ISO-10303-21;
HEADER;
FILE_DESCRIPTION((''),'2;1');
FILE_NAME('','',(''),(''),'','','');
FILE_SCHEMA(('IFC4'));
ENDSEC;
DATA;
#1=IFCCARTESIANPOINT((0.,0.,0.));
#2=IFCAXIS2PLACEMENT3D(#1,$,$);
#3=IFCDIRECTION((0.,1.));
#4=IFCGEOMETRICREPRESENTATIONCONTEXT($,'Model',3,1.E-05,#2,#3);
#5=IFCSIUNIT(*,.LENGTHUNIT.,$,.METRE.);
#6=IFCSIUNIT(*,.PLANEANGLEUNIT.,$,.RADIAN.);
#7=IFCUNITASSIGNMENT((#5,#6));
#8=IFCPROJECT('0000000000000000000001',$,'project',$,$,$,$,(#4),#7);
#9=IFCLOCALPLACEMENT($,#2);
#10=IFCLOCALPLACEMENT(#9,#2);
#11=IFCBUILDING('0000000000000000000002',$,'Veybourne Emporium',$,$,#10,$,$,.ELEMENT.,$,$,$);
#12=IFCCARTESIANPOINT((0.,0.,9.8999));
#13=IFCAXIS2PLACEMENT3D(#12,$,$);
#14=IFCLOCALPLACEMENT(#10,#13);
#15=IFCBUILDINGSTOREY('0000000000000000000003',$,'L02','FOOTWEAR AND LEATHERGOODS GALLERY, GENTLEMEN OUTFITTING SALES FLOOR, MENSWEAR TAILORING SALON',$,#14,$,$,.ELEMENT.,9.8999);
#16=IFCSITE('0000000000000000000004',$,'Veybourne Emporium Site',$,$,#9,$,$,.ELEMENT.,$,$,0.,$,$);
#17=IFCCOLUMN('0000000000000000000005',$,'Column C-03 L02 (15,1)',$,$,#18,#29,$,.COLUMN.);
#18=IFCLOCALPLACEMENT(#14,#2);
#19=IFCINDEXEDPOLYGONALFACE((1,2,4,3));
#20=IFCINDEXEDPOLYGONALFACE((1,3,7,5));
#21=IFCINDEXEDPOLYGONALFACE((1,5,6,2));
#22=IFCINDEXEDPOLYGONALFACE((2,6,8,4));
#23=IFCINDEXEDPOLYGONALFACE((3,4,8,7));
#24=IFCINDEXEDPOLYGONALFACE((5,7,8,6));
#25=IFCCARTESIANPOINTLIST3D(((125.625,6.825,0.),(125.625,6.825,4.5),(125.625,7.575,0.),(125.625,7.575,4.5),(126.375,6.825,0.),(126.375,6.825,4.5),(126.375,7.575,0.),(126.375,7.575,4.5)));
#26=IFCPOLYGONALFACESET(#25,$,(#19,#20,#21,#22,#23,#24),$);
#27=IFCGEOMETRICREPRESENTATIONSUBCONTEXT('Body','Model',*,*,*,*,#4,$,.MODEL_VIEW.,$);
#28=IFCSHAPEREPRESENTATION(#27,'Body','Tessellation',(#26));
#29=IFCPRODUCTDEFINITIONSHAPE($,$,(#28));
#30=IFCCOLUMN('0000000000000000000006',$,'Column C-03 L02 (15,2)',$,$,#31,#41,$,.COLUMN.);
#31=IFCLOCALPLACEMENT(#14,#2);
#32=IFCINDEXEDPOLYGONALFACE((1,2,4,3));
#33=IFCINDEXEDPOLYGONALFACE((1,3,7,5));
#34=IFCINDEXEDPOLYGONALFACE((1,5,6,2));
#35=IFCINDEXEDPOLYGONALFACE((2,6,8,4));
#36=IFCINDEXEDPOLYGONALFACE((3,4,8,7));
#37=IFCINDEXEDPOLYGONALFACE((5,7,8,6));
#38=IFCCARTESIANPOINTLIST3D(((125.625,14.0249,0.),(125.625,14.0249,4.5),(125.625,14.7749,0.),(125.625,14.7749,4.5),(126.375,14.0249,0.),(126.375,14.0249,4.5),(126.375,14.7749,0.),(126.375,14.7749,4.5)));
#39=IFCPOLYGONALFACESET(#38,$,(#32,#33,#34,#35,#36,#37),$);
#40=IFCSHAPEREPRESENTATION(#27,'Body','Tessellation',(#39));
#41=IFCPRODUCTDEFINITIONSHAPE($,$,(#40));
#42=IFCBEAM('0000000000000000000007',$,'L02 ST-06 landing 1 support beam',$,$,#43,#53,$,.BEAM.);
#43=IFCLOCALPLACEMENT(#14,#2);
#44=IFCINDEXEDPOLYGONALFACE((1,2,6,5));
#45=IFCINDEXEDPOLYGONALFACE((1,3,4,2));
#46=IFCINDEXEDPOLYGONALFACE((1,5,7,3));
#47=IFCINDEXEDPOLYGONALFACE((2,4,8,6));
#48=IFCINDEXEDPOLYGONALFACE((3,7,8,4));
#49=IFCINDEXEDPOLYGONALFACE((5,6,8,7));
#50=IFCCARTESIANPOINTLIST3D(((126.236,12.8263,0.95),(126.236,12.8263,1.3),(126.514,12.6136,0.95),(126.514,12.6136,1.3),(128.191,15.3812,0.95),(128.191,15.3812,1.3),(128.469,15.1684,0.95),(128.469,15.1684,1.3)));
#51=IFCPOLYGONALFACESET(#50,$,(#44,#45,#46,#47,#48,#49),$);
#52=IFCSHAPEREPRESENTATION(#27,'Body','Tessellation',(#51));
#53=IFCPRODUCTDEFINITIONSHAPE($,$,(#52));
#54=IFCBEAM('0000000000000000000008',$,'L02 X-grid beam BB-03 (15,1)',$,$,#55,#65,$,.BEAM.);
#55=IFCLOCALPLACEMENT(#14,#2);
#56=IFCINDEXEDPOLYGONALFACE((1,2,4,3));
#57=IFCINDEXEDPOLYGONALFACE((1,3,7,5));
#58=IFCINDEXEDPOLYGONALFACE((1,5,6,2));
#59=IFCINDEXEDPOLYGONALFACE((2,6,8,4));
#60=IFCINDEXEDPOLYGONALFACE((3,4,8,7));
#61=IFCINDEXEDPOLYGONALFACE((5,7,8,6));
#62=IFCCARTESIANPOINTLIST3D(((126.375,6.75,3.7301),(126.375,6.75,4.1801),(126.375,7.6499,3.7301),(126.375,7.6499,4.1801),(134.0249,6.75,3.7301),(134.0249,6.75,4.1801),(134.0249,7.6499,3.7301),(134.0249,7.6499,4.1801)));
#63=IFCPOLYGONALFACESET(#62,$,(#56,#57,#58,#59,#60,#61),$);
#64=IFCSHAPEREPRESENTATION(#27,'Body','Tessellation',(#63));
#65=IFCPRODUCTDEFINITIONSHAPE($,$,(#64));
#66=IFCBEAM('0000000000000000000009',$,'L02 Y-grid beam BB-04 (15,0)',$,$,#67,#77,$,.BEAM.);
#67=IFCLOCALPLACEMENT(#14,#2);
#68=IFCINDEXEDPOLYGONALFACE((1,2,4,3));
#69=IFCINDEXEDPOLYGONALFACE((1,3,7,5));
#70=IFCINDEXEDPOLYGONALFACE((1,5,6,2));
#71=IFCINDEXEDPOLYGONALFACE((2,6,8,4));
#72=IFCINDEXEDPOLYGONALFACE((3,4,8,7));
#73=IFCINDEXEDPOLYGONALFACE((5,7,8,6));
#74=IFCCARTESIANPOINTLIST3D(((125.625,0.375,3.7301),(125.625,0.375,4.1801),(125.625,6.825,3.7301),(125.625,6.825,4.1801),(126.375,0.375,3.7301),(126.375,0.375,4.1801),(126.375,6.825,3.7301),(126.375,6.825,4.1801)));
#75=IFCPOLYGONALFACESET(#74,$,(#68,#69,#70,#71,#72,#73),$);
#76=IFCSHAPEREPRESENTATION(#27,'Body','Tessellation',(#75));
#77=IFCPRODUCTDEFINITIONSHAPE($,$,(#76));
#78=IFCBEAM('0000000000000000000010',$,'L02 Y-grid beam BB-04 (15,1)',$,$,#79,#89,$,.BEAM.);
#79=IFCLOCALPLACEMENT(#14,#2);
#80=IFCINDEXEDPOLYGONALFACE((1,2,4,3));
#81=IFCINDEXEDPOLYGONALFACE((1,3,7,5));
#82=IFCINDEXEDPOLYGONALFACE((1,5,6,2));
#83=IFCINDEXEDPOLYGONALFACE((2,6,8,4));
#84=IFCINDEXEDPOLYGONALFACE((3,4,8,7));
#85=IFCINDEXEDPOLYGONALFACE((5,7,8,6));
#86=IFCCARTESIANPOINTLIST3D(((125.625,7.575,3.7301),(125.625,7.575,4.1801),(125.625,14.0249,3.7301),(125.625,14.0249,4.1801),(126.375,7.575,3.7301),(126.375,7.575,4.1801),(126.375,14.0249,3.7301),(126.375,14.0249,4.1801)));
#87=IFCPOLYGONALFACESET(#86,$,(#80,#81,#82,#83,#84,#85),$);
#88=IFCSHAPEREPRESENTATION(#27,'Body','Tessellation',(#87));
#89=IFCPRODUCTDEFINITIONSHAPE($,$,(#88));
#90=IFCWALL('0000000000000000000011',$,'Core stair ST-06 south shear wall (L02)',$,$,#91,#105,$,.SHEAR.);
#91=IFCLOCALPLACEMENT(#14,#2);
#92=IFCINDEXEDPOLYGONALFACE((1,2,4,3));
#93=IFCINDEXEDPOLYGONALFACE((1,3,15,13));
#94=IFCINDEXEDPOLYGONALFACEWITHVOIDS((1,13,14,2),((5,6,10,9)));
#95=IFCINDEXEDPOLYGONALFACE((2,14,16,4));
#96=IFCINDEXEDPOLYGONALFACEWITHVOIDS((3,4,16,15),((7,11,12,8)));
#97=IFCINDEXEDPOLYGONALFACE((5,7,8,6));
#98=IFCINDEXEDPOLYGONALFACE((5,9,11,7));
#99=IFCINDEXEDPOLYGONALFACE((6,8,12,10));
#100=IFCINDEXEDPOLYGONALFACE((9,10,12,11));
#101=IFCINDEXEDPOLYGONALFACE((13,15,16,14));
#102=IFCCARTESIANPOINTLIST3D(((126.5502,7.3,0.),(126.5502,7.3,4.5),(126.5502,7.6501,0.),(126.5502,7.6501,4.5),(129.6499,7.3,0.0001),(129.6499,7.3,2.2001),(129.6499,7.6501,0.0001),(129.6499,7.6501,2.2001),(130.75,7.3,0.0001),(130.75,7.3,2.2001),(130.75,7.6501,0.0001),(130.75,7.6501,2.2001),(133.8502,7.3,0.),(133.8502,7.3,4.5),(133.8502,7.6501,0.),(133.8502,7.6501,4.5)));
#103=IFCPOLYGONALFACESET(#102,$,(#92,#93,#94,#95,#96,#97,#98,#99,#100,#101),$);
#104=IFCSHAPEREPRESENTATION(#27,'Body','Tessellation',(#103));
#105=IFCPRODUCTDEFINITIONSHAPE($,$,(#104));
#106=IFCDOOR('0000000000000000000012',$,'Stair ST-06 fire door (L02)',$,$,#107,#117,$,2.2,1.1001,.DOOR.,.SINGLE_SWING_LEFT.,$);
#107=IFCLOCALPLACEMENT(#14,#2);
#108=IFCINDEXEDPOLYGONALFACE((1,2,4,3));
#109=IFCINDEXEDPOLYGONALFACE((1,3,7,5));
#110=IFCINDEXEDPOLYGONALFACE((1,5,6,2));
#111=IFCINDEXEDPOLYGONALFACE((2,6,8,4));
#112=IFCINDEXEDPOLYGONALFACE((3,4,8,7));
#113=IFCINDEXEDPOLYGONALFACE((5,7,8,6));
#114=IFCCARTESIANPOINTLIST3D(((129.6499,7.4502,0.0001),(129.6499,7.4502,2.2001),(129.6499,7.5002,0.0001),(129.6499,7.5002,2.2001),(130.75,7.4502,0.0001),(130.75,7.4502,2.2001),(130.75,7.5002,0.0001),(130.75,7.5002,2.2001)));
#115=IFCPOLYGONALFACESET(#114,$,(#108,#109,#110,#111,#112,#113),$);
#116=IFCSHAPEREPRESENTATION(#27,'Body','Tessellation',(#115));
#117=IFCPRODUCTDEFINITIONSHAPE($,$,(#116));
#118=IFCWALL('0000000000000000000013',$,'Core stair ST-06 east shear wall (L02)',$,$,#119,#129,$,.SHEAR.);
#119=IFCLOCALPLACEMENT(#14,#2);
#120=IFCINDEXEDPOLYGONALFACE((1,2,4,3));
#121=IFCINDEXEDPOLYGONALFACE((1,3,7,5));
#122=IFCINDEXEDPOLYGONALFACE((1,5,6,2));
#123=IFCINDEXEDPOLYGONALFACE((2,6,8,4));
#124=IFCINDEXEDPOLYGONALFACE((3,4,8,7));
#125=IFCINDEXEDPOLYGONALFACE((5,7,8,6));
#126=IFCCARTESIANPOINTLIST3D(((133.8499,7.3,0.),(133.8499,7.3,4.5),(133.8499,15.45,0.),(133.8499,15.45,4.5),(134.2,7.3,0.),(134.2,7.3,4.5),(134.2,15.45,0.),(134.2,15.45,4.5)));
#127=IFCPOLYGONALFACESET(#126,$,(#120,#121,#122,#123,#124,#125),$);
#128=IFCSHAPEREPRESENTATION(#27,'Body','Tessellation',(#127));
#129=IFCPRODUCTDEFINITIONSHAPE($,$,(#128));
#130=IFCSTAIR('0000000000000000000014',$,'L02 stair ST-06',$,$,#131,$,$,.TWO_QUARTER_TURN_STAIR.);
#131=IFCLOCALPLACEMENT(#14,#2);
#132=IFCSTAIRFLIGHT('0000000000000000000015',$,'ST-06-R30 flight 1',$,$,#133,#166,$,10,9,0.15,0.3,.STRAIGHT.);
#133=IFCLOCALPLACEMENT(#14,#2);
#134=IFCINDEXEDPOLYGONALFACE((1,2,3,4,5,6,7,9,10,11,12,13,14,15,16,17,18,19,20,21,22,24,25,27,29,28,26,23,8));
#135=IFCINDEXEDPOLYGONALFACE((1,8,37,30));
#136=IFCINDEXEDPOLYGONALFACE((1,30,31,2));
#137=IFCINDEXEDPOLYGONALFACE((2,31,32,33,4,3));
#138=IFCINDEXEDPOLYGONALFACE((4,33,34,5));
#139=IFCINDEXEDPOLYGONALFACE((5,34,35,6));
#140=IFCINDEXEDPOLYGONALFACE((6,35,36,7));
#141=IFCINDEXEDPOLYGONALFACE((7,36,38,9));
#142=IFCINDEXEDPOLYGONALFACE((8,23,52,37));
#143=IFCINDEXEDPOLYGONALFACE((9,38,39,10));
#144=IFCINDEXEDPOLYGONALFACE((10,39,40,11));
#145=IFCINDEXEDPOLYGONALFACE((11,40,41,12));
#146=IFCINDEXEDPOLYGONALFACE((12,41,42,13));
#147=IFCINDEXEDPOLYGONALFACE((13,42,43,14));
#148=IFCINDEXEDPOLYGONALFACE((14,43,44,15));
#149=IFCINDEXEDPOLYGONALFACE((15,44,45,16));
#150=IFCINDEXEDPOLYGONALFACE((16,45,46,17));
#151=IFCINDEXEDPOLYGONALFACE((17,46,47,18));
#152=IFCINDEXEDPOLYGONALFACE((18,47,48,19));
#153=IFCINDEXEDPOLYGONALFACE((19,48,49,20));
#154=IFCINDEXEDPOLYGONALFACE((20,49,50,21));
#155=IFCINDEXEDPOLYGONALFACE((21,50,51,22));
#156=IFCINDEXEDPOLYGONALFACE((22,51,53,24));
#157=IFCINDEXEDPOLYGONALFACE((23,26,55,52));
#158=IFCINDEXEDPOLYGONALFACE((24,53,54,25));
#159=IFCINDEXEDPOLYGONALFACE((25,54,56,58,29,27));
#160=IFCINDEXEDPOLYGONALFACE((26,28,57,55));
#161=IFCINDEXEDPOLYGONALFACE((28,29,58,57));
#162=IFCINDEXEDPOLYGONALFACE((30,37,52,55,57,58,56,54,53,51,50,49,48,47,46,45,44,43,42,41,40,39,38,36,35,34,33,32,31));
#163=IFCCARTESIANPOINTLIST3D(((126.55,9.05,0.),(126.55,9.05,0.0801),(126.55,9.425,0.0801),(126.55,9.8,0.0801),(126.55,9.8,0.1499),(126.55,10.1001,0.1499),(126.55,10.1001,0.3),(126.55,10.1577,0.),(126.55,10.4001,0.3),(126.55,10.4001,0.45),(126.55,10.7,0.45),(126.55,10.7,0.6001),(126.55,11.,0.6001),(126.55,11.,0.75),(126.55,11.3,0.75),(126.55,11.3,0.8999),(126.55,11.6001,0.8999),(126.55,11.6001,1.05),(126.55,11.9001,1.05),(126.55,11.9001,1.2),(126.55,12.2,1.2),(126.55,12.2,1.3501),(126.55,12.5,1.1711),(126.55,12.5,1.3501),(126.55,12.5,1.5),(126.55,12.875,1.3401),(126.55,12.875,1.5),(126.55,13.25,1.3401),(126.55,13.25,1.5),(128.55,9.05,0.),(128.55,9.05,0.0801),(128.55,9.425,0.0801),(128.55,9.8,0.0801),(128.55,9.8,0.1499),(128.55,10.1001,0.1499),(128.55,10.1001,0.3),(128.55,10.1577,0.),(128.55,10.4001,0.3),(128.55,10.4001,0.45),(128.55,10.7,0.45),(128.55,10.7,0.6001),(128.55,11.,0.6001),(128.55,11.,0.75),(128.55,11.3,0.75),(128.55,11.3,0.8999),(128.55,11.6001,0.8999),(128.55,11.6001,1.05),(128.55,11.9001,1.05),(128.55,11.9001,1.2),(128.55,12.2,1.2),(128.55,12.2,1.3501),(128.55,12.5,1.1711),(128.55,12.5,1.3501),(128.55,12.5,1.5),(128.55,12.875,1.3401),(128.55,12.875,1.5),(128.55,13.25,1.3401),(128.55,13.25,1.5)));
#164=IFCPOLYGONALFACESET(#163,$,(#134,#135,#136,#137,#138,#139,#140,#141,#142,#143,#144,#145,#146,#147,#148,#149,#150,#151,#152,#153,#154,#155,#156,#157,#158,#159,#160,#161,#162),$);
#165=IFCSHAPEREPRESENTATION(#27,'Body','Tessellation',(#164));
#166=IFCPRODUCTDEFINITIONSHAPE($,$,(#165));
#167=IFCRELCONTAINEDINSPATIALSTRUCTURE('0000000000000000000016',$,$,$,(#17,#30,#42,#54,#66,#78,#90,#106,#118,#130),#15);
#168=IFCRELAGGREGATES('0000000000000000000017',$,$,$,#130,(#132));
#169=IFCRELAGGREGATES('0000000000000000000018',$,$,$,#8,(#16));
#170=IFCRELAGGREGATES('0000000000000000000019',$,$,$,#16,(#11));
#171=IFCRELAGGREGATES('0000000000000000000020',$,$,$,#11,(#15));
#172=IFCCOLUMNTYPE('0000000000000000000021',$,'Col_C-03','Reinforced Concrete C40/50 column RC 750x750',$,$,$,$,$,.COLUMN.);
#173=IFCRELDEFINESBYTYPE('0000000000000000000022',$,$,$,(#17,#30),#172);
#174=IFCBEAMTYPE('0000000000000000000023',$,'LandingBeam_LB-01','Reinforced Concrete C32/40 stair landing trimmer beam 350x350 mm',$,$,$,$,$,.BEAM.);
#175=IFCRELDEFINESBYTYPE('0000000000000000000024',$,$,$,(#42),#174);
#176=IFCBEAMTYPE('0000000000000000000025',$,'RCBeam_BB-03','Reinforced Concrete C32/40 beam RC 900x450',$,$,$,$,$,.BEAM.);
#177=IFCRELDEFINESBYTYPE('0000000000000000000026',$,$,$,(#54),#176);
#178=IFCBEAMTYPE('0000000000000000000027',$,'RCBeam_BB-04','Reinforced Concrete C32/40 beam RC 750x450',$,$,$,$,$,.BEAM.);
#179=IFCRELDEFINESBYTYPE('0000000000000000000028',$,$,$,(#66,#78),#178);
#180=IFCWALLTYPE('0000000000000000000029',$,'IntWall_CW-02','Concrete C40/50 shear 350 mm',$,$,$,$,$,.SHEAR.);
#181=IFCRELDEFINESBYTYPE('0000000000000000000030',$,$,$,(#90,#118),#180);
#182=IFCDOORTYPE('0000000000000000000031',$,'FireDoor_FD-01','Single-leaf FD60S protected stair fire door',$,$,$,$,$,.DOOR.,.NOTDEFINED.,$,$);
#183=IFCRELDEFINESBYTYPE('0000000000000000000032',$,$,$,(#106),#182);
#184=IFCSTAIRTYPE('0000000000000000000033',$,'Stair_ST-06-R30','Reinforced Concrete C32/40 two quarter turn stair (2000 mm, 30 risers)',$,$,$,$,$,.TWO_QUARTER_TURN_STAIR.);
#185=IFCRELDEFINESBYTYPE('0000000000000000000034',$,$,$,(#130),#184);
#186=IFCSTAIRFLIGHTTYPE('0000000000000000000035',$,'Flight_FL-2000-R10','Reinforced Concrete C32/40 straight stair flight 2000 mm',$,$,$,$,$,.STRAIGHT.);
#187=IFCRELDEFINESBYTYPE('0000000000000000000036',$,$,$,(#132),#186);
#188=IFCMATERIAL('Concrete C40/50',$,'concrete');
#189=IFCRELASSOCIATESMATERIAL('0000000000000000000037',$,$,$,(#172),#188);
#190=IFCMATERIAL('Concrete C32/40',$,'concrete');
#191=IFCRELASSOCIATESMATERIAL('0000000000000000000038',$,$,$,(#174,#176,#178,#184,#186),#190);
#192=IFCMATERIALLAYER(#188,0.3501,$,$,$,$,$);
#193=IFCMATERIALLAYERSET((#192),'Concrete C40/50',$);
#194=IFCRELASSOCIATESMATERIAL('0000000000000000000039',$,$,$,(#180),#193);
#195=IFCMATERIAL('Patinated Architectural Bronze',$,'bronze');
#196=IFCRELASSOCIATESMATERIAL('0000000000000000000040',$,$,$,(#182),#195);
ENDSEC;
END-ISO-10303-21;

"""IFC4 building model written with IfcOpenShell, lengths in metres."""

from ifc_helpers import new_model, si_unit, direction, frame, frame_2d, origin, origin_2d, place, context, subcontext, project, spatial, polyline, rectangle, outline, extrude, material, layer, layer_set, material_profile, profile_set, type_object, element, fill, aggregate, save


model = new_model("IFC4")

# Units and contexts
model_context = context("Model", 3, precision=1e-05, world=origin(), true_north=direction((0.0, 1.0)))
body_context = subcontext(model_context, "Body", "Model", "MODEL_VIEW")
ifc_project = project(units=[si_unit("LENGTHUNIT", "METRE"), si_unit("PLANEANGLEUNIT", "RADIAN")], contexts=[model_context])

# Site, building, storey
site_placement = place(None, origin())
site = spatial("IfcSite", under=ifc_project, at=site_placement, Name="Veybourne Emporium Site", CompositionType="ELEMENT", RefElevation=0.0)
building_placement = place(site_placement, origin())
building = spatial("IfcBuilding", under=site, at=building_placement, Name="Veybourne Emporium", CompositionType="ELEMENT")
storey_placement = place(building_placement, frame((0.0, 0.0, 9.8999)))
storey = spatial("IfcBuildingStorey", under=building, at=storey_placement, Name="L02", Description="FOOTWEAR AND LEATHERGOODS GALLERY, GENTLEMEN OUTFITTING SALES FLOOR, MENSWEAR TAILORING SALON", CompositionType="ELEMENT", Elevation=9.8999)

# Columns
ifc_material_1 = material(Name="Concrete C40/50", Category="concrete")
ifc_material_profile_1 = material_profile(ifc_material_1, rectangle(XDim=0.75, YDim=0.75, at=origin_2d()), Name="RC 750x750")
ifc_profile_set_1 = profile_set([ifc_material_profile_1], Name="Concrete C40/50")
column_type = type_object("IfcColumnType", Name="Col_C-03", Description="Reinforced Concrete C40/50 column RC 750x750", PredefinedType="COLUMN", material=ifc_profile_set_1)
for number, where, z_axis, x_axis, name in (
    (1, (126.0, 7.2, 0.0), (0.0, 0.0, 1.0), (1.0, 0.0, 0.0), "Column C-03 L02 (15,1)"),
    (2, (126.0, 14.3999, 0.0), (0.0, 0.0, 1.0), (1.0, 0.0, 0.0), "Column C-03 L02 (15,2)"),
):
    element("IfcColumn", number, at=place(storey_placement, frame(where, z_axis=z_axis, x_axis=x_axis)), inside=storey, type_object=column_type, Name=name, PredefinedType="COLUMN", context=body_context, shape_type="SweptSolid", body=[
        extrude(rectangle(XDim=0.75, YDim=0.75, at=origin_2d()), origin(), (0.0, 0.0, 1.0), 4.5),
    ])

# Beams
ifc_material_2 = material(Name="Concrete C32/40", Category="concrete")
ifc_material_profile_2 = material_profile(ifc_material_2, rectangle(XDim=0.3501, YDim=0.3501, at=origin_2d()), Name="RC 350x350")
ifc_profile_set_2 = profile_set([ifc_material_profile_2], Name="Concrete C32/40")
beam_type_1 = type_object("IfcBeamType", Name="LandingBeam_LB-01", Description="Reinforced Concrete C32/40 stair landing trimmer beam 350x350 mm", PredefinedType="BEAM", material=ifc_profile_set_2)
beam_1_placement = place(storey_placement, frame((126.375, 12.72, 1.125), z_axis=(0.607706, 0.794162, 0.0), x_axis=(-0.794162, 0.607706, 0.0)))
element("IfcBeam", 3, at=beam_1_placement, inside=storey, type_object=beam_type_1, Name="L02 ST-06 landing 1 support beam", PredefinedType="BEAM", context=body_context, shape_type="SweptSolid", body=[
    extrude(rectangle(XDim=0.3501, YDim=0.3501, at=origin_2d()), origin(), (0.0, 0.0, 1.0), 3.217),
])
ifc_material_profile_3 = material_profile(ifc_material_2, rectangle(XDim=0.8999, YDim=0.45, at=origin_2d()), Name="RC 900x450")
ifc_profile_set_3 = profile_set([ifc_material_profile_3], Name="Concrete C32/40")
beam_type_2 = type_object("IfcBeamType", Name="RCBeam_BB-03", Description="Reinforced Concrete C32/40 beam RC 900x450", PredefinedType="BEAM", material=ifc_profile_set_3)
beam_2_placement = place(storey_placement, frame((126.375, 7.2, 3.9551), z_axis=(1.0, 0.0, 0.0), x_axis=(0.0, 1.0, 0.0)))
element("IfcBeam", 4, at=beam_2_placement, inside=storey, type_object=beam_type_2, Name="L02 X-grid beam BB-03 (15,1)", PredefinedType="BEAM", context=body_context, shape_type="SweptSolid", body=[
    extrude(rectangle(XDim=0.8999, YDim=0.45, at=origin_2d()), origin(), (0.0, 0.0, 1.0), 7.6499),
])
ifc_material_profile_4 = material_profile(ifc_material_2, rectangle(XDim=0.75, YDim=0.45, at=origin_2d()), Name="RC 750x450")
ifc_profile_set_4 = profile_set([ifc_material_profile_4], Name="Concrete C32/40")
beam_type_3 = type_object("IfcBeamType", Name="RCBeam_BB-04", Description="Reinforced Concrete C32/40 beam RC 750x450", PredefinedType="BEAM", material=ifc_profile_set_4)
for number, where, z_axis, x_axis, name in (
    (5, (126.0, 0.375, 3.9551), (0.0, 1.0, 0.0), (-1.0, 0.0, 0.0), "L02 Y-grid beam BB-04 (15,0)"),
    (6, (126.0, 7.575, 3.9551), (0.0, 1.0, 0.0), (-1.0, 0.0, 0.0), "L02 Y-grid beam BB-04 (15,1)"),
):
    element("IfcBeam", number, at=place(storey_placement, frame(where, z_axis=z_axis, x_axis=x_axis)), inside=storey, type_object=beam_type_3, Name=name, PredefinedType="BEAM", context=body_context, shape_type="SweptSolid", body=[
        extrude(rectangle(XDim=0.75, YDim=0.45, at=origin_2d()), origin(), (0.0, 0.0, 1.0), 6.45),
    ])

# Wall, opening, door
ifc_layer = layer(ifc_material_1, 0.3501)
ifc_layer_set = layer_set([ifc_layer], Name="Concrete C40/50")
wall_type = type_object("IfcWallType", Name="IntWall_CW-02", Description="Concrete C40/50 shear 350 mm", PredefinedType="SHEAR", material=ifc_layer_set)
wall_1_placement = place(storey_placement, frame((133.8501, 7.4751, 0.0), z_axis=(0.0, 0.0, 1.0), x_axis=(-1.0, 0.0, 0.0)))
wall_1 = element("IfcWall", 7, at=wall_1_placement, inside=storey, type_object=wall_type, Name="Core stair ST-06 south shear wall (L02)", PredefinedType="SHEAR", context=body_context, shape_type="SweptSolid", body=[
    extrude(rectangle(XDim=7.3, YDim=0.3501, at=frame_2d((3.6499, 0.0))), origin(), (0.0, 0.0, 1.0), 4.5),
])
opening_placement = place(wall_1_placement, frame((3.1001, 0.0, 0.0)))
opening = element("IfcOpeningElement", 8, at=opening_placement, cuts=wall_1, PredefinedType="OPENING", context=body_context, shape_type="SweptSolid", body=[
    extrude(rectangle(XDim=1.1001, YDim=2.2, at=frame_2d((0.55, 1.1001))), frame((0.0, 0.1951, 0.0), z_axis=(0.0, -1.0, 0.0), x_axis=(1.0, 0.0, 0.0)), (0.0, 0.0, 1.0), 0.3901),
])
ifc_material_3 = material(Name="Patinated Architectural Bronze", Category="bronze")
door_type = type_object("IfcDoorType", Name="FireDoor_FD-01", Description="Single-leaf FD60S protected stair fire door", OperationType="NOTDEFINED", PredefinedType="DOOR", material=ifc_material_3)
door_placement = place(opening_placement, origin())
door = element("IfcDoor", 9, at=door_placement, inside=storey, type_object=door_type, Name="Stair ST-06 fire door (L02)", OperationType="SINGLE_SWING_LEFT", OverallHeight=2.2, OverallWidth=1.1001, PredefinedType="DOOR", context=body_context, shape_type="SweptSolid", body=[
    extrude(rectangle(XDim=1.1001, YDim=2.2, at=frame_2d((0.55, 1.1001))), frame((0.0, 0.0249, 0.0), z_axis=(0.0, -1.0, 0.0), x_axis=(1.0, 0.0, 0.0)), (0.0, 0.0, 1.0), 0.05),
])
fill(opening, door)

# Wall
wall_2_placement = place(storey_placement, frame((134.0249, 7.3, 0.0), z_axis=(0.0, 0.0, 1.0), x_axis=(0.0, 1.0, 0.0)))
element("IfcWall", 10, at=wall_2_placement, inside=storey, type_object=wall_type, Name="Core stair ST-06 east shear wall (L02)", PredefinedType="SHEAR", context=body_context, shape_type="SweptSolid", body=[
    extrude(rectangle(XDim=8.1499, YDim=0.3501, at=frame_2d((4.075, 0.0))), origin(), (0.0, 0.0, 1.0), 4.5),
])

# Stair, stair flight
stair_type = type_object("IfcStairType", Name="Stair_ST-06-R30", Description="Reinforced Concrete C32/40 two quarter turn stair (2000 mm, 30 risers)", PredefinedType="TWO_QUARTER_TURN_STAIR", material=ifc_material_2)
stair_placement = place(storey_placement, origin())
stair = element("IfcStair", 11, at=stair_placement, inside=storey, type_object=stair_type, Name="L02 stair ST-06", PredefinedType="TWO_QUARTER_TURN_STAIR")
stair_flight_type = type_object("IfcStairFlightType", Name="Flight_FL-2000-R10", Description="Reinforced Concrete C32/40 straight stair flight 2000 mm", PredefinedType="STRAIGHT", material=ifc_material_2)
stair_flight_1_placement = place(storey_placement, frame((127.55, 9.8, 0.0), z_axis=(0.0, 0.0, 1.0), x_axis=(0.0, 1.0, 0.0)))
stair_flight_1 = element("IfcStairFlight", 12, at=stair_flight_1_placement, type_object=stair_flight_type, Name="ST-06-R30 flight 1", NumberOfRisers=10, NumberOfTreads=9, PredefinedType="STRAIGHT", RiserHeight=0.15, TreadLength=0.3, context=body_context, shape_type="SweptSolid", body=[
    extrude(outline(polyline([(-0.75, 0.0), (-0.75, 0.0801), (-0.375, 0.0801), (0.0, 0.0801), (0.0, 0.1499), (0.3, 0.1499), (0.3, 0.3), (0.6001, 0.3), (0.6001, 0.45), (0.8999, 0.45), (0.8999, 0.6001), (1.2, 0.6001), (1.2, 0.75), (1.5, 0.75), (1.5, 0.8999), (1.8, 0.8999), (1.8, 1.05), (2.1001, 1.05), (2.1001, 1.2), (2.3999, 1.2), (2.3999, 1.3501), (2.7, 1.3501), (2.7, 1.5), (3.075, 1.5), (3.45, 1.5), (3.45, 1.3401), (3.075, 1.3401), (2.7, 1.1711), (0.3577, 0.0), (-0.75, 0.0)])), frame((0.0, 1.0, 0.0), z_axis=(0.0, -1.0, 0.0), x_axis=(1.0, 0.0, 0.0)), (0.0, 0.0, 1.0), 2.0),
])
aggregate(stair, [stair_flight_1])

save(model, "model.ifc")
